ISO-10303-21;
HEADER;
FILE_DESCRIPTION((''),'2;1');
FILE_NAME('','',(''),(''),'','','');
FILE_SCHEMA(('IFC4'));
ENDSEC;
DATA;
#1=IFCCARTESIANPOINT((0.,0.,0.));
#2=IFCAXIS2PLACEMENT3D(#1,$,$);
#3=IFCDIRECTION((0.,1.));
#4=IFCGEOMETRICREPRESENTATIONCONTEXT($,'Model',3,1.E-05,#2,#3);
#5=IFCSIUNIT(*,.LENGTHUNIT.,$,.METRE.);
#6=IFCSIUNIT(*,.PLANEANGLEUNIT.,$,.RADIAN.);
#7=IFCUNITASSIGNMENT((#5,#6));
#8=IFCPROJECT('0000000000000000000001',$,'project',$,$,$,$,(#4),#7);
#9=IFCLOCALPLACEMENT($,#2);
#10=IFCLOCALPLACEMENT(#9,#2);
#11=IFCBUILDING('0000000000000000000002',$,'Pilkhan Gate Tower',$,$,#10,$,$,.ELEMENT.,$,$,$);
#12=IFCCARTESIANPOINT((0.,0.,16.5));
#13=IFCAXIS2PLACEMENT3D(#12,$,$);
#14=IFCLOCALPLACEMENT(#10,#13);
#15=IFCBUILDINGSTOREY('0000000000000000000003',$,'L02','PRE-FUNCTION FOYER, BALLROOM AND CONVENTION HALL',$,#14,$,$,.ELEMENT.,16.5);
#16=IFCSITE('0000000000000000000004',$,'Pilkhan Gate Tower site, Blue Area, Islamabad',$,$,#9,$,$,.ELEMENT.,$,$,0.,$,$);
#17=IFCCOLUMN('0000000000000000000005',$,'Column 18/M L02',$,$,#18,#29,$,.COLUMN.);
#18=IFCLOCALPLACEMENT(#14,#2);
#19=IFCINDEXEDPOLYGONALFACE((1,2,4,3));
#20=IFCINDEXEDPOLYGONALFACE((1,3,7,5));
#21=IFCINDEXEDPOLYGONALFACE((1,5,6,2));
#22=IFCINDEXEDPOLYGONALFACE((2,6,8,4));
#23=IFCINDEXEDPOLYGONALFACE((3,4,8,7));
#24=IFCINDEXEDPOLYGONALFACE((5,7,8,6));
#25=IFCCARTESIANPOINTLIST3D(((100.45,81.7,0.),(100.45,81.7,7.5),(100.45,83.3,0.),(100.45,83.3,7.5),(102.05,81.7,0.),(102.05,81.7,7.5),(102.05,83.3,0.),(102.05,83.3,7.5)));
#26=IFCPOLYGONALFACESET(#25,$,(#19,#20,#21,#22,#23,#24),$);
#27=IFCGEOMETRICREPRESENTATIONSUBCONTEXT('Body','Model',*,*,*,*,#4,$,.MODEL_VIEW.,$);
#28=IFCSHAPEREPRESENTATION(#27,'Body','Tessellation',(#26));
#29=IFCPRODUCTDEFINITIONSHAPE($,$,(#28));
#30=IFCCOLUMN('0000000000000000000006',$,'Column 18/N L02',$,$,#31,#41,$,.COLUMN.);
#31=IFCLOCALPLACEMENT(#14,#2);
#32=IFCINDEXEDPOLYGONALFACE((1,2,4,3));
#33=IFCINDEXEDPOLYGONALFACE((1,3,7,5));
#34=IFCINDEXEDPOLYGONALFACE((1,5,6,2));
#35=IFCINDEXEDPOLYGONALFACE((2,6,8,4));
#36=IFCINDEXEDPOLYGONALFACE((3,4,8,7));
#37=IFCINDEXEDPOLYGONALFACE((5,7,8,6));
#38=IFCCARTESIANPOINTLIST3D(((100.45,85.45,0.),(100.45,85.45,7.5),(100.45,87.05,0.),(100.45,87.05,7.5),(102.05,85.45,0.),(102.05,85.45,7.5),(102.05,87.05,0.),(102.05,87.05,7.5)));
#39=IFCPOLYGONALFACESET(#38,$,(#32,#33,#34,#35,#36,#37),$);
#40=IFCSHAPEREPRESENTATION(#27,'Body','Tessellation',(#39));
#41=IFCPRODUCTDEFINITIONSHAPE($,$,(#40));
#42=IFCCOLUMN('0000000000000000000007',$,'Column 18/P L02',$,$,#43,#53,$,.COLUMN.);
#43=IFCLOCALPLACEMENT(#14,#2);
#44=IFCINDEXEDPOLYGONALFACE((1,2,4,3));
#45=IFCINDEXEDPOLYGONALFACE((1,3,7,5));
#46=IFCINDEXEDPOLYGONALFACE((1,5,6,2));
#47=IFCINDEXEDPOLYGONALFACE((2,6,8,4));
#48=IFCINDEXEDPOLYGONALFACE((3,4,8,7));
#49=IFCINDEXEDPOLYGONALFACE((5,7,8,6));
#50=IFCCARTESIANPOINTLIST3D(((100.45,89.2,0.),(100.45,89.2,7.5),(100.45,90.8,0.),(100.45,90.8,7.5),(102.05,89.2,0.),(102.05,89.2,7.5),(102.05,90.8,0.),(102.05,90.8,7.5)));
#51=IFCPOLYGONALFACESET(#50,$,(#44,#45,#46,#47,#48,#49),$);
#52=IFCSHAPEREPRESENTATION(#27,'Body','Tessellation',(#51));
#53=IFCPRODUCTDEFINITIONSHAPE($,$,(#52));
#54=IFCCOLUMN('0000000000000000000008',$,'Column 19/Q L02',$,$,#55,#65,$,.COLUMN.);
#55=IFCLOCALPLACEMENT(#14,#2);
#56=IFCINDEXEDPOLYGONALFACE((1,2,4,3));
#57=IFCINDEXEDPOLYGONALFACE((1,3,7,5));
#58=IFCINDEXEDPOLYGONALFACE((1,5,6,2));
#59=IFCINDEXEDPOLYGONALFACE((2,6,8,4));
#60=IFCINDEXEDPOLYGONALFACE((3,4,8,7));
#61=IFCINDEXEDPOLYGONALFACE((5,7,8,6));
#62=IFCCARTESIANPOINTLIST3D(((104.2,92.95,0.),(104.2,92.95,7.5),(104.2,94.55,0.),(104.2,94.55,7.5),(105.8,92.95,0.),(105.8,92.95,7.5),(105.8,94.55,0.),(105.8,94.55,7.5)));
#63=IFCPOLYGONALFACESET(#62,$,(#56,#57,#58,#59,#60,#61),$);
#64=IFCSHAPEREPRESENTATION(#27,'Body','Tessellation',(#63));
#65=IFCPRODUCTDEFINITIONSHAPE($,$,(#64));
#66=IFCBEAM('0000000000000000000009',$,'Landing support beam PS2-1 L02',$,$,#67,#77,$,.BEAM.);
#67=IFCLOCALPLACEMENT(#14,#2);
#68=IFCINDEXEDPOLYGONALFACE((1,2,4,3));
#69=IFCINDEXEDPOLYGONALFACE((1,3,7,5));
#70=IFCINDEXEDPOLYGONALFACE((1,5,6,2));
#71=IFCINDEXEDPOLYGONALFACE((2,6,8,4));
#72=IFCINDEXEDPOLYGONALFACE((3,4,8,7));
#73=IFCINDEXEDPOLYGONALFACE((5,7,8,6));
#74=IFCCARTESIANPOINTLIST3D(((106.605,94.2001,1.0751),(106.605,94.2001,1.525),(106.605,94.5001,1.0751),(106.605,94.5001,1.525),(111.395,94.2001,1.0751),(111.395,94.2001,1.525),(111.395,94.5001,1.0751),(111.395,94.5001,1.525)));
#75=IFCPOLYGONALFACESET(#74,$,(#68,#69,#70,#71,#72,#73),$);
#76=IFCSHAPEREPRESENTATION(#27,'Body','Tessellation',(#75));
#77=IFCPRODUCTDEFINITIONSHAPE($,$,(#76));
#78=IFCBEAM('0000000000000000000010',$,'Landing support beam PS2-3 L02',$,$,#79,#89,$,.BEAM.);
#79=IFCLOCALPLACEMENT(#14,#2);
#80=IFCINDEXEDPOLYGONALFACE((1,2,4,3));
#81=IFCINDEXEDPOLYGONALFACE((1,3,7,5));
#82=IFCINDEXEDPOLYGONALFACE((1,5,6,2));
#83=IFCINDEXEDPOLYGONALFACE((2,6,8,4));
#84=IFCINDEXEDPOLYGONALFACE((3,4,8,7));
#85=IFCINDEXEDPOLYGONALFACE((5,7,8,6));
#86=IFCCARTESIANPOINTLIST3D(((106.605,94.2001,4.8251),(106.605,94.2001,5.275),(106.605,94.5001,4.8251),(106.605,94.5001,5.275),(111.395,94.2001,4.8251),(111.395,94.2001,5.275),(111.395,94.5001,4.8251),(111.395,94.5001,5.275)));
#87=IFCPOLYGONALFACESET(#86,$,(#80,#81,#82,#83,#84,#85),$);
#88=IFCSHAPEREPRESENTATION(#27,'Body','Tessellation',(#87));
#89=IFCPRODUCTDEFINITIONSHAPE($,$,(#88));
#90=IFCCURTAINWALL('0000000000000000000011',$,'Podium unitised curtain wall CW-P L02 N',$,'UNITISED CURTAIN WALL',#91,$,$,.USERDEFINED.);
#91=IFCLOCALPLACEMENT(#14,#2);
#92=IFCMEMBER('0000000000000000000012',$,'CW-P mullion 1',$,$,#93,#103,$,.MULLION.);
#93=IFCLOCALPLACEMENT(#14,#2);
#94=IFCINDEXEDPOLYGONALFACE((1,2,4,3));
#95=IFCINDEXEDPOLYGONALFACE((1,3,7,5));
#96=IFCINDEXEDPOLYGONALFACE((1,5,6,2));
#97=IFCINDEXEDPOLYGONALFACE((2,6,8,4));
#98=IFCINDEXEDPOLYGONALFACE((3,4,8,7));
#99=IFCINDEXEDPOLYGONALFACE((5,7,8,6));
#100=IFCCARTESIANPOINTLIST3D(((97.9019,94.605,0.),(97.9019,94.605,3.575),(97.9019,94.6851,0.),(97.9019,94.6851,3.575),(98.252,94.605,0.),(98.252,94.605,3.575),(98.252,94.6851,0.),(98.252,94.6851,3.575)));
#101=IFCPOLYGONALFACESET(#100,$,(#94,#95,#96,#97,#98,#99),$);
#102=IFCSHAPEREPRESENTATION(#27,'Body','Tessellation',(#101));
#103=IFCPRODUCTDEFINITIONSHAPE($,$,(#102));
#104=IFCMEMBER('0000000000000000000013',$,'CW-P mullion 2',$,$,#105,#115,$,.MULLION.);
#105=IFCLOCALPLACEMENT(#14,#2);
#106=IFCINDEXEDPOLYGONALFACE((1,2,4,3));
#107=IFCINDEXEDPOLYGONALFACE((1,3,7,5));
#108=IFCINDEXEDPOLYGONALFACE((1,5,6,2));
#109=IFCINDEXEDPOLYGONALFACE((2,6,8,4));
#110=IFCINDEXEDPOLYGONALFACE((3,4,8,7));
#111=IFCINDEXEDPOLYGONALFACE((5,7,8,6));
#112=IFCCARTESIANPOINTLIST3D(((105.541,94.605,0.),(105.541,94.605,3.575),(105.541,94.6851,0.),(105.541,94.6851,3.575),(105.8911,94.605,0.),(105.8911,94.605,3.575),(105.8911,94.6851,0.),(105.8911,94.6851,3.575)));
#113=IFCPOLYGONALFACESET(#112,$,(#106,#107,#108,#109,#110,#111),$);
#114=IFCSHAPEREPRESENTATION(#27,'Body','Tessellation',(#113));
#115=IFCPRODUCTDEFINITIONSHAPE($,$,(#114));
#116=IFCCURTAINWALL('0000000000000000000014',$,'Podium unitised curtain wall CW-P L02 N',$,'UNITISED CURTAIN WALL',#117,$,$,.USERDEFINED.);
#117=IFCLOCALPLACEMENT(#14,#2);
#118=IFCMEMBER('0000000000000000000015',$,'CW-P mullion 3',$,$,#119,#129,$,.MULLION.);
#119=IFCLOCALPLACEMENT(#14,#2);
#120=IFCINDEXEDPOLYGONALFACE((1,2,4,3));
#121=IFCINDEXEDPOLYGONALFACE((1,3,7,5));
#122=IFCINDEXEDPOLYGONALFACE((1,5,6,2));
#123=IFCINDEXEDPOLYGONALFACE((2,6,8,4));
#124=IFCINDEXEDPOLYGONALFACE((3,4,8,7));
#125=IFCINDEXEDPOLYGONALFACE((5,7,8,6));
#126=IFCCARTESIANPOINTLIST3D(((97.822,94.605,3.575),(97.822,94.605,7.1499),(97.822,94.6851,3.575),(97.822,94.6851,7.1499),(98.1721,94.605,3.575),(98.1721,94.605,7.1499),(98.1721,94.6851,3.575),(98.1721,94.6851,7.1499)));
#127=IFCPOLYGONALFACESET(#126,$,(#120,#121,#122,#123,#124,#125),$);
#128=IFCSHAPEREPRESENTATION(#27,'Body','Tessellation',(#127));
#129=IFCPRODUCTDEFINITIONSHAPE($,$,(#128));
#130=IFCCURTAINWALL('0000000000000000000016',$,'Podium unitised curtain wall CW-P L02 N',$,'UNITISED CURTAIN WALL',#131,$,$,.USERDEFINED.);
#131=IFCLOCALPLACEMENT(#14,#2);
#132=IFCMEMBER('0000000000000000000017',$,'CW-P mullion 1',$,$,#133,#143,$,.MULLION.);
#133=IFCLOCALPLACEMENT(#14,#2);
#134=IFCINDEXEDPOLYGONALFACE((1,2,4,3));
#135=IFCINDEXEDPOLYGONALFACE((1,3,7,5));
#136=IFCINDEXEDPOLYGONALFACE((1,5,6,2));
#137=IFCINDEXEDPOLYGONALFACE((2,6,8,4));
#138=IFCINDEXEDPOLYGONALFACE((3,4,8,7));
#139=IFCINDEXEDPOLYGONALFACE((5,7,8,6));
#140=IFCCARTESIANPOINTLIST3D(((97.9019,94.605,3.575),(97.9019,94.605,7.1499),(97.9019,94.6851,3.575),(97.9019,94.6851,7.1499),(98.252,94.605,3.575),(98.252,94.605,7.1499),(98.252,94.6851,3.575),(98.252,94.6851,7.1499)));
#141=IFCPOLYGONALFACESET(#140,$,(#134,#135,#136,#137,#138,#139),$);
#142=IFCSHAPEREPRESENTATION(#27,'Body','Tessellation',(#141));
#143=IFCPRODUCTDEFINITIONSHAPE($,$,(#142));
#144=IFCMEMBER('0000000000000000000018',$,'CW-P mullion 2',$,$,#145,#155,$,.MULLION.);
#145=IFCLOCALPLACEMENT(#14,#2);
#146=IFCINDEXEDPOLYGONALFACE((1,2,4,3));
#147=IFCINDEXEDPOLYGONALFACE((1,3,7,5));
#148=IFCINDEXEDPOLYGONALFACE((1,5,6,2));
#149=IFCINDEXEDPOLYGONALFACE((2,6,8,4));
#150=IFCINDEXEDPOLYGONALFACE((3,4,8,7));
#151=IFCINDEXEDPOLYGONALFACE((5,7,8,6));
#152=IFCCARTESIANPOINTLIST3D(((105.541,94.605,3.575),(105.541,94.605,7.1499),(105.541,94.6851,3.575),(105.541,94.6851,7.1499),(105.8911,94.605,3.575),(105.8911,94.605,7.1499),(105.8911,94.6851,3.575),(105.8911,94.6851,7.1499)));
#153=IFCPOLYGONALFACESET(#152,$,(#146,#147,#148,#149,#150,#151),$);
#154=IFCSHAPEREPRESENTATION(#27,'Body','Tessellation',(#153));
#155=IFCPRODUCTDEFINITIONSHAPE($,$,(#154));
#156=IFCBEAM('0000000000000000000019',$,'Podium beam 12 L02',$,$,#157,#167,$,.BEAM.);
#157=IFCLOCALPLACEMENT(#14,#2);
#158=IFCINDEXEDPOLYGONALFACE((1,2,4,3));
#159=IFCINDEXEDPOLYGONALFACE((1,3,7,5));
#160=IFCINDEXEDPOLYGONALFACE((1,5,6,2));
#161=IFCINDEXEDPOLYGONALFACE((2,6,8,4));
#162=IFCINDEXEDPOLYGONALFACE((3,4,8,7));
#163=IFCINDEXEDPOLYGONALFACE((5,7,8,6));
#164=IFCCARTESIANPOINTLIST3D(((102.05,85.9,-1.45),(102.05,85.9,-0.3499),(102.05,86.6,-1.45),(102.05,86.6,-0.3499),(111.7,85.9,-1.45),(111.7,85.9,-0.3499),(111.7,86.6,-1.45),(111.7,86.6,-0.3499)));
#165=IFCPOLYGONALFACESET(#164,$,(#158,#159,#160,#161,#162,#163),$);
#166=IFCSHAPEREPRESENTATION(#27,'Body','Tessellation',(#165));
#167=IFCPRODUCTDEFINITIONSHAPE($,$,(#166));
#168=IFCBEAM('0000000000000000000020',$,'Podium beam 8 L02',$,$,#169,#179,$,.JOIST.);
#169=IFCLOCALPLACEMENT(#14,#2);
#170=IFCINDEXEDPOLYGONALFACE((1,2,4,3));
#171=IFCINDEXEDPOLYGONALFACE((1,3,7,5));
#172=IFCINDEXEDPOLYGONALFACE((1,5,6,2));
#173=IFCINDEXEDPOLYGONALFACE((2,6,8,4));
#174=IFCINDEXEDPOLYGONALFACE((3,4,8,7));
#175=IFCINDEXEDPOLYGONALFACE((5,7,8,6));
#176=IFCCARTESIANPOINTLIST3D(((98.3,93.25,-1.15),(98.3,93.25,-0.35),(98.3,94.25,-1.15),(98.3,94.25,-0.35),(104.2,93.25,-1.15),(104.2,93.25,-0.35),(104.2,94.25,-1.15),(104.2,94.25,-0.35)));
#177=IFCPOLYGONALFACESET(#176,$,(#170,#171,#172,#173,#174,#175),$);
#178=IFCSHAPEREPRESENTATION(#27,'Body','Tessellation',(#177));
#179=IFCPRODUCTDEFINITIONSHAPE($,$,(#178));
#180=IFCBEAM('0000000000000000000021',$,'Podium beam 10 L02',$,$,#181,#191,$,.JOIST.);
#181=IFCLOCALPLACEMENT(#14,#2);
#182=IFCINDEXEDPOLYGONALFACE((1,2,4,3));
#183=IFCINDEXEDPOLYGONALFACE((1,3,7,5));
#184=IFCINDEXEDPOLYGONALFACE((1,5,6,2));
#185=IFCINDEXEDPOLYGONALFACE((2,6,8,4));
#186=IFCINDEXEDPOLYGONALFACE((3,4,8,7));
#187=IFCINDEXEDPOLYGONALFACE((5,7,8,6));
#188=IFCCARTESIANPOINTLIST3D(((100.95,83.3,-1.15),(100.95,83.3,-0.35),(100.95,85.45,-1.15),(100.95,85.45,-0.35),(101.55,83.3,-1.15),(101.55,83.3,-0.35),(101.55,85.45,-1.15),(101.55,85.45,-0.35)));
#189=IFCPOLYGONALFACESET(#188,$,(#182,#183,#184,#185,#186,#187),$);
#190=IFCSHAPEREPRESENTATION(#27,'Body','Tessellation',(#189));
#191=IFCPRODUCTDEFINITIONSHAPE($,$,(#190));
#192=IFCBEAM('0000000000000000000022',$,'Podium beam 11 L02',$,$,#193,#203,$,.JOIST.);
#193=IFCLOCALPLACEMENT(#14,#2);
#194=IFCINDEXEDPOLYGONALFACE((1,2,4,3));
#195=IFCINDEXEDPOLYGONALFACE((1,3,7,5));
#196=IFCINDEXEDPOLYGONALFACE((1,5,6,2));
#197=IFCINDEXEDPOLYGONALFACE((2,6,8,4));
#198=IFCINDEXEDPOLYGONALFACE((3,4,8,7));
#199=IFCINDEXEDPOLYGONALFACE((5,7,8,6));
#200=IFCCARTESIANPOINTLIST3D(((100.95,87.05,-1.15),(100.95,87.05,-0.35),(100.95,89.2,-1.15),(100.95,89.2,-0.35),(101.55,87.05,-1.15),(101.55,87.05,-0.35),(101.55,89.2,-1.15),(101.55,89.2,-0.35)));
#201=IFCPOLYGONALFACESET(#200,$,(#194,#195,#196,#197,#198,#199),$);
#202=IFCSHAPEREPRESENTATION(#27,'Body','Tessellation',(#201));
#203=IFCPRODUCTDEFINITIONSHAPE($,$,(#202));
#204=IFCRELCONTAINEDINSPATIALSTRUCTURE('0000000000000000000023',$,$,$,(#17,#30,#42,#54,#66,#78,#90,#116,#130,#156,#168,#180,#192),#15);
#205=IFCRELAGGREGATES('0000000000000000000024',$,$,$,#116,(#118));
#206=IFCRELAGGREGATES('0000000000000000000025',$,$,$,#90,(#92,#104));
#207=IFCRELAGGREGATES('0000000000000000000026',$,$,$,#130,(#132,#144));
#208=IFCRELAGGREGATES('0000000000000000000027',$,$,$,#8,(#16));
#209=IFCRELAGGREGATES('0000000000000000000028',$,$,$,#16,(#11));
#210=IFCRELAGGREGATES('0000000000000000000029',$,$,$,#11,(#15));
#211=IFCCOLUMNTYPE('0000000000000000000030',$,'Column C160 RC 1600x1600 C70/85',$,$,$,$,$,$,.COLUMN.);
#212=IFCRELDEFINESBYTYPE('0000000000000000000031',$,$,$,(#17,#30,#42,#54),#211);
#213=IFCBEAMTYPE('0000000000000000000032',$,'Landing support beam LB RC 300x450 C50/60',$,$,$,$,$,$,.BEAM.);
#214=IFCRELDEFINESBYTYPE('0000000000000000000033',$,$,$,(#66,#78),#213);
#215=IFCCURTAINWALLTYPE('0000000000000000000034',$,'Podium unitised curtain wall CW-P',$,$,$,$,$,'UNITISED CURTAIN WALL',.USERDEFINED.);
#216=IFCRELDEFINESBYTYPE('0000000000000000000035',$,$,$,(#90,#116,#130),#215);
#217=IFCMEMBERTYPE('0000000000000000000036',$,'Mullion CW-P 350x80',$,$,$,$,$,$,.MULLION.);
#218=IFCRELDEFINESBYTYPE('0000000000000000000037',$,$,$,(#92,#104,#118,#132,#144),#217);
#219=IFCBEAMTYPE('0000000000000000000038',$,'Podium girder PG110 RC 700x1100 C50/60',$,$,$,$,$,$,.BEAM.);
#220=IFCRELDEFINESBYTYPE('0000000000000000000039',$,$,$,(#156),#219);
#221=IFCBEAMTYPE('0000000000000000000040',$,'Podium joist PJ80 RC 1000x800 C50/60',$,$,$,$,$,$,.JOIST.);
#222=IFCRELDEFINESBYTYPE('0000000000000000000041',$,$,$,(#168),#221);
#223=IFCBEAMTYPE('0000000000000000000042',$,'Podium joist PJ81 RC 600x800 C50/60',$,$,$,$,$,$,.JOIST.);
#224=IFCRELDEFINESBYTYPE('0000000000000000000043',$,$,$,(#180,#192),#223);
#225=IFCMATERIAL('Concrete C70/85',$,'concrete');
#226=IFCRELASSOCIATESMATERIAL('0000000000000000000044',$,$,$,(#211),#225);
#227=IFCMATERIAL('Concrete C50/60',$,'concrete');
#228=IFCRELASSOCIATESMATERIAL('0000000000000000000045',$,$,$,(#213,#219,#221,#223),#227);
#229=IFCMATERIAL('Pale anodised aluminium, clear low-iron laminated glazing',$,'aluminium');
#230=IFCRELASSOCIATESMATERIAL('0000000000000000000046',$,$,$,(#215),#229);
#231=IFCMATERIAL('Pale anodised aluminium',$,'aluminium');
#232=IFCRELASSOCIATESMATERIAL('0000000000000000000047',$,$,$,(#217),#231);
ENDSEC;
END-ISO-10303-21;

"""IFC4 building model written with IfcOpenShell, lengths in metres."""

from ifc_helpers import new_model, si_unit, direction, frame, origin, origin_2d, place, context, subcontext, project, spatial, rectangle, extrude, material, material_profile, profile_set, type_object, element, aggregate, save


model = new_model("IFC4")

# Units and contexts
model_context = context("Model", 3, precision=1e-05, world=origin(), true_north=direction((0.0, 1.0)))
body_context = subcontext(model_context, "Body", "Model", "MODEL_VIEW")
ifc_project = project(units=[si_unit("LENGTHUNIT", "METRE"), si_unit("PLANEANGLEUNIT", "RADIAN")], contexts=[model_context])

# Site, building, storey
site_placement = place(None, origin())
site = spatial("IfcSite", under=ifc_project, at=site_placement, Name="Pilkhan Gate Tower site, Blue Area, Islamabad", CompositionType="ELEMENT", RefElevation=0.0)
building_placement = place(site_placement, origin())
building = spatial("IfcBuilding", under=site, at=building_placement, Name="Pilkhan Gate Tower", CompositionType="ELEMENT")
storey_placement = place(building_placement, frame((0.0, 0.0, 16.5)))
storey = spatial("IfcBuildingStorey", under=building, at=storey_placement, Name="L02", Description="PRE-FUNCTION FOYER, BALLROOM AND CONVENTION HALL", CompositionType="ELEMENT", Elevation=16.5)

# Columns
ifc_material_1 = material(Name="Concrete C70/85", Category="concrete")
ifc_material_profile_1 = material_profile(ifc_material_1, rectangle(XDim=1.6001, YDim=1.6001, at=origin_2d()), Name="RC 1600x1600")
ifc_profile_set_1 = profile_set([ifc_material_profile_1], Name="Concrete C70/85")
column_type = type_object("IfcColumnType", Name="Column C160 RC 1600x1600 C70/85", PredefinedType="COLUMN", material=ifc_profile_set_1)
for number, where, z_axis, x_axis, name in (
    (1, (101.25, 82.5, 0.0), (0.0, 0.0, 1.0), (1.0, 0.0, 0.0), "Column 18/M L02"),
    (2, (101.25, 86.25, 0.0), (0.0, 0.0, 1.0), (1.0, 0.0, 0.0), "Column 18/N L02"),
    (3, (101.25, 90.0, 0.0), (0.0, 0.0, 1.0), (1.0, 0.0, 0.0), "Column 18/P L02"),
    (4, (105.0, 93.75, 0.0), (0.0, 0.0, 1.0), (1.0, 0.0, 0.0), "Column 19/Q L02"),
):
    element("IfcColumn", number, at=place(storey_placement, frame(where, z_axis=z_axis, x_axis=x_axis)), inside=storey, type_object=column_type, Name=name, PredefinedType="COLUMN", context=body_context, shape_type="SweptSolid", body=[
        extrude(rectangle(XDim=1.6001, YDim=1.6001, at=origin_2d()), origin(), (0.0, 0.0, 1.0), 7.5),
    ])

# Beams
ifc_material_2 = material(Name="Concrete C50/60", Category="concrete")
ifc_material_profile_2 = material_profile(ifc_material_2, rectangle(XDim=0.3, YDim=0.45, at=origin_2d()), Name="RC 300x450")
ifc_profile_set_2 = profile_set([ifc_material_profile_2], Name="Concrete C50/60")
beam_type_1 = type_object("IfcBeamType", Name="Landing support beam LB RC 300x450 C50/60", PredefinedType="BEAM", material=ifc_profile_set_2)
for number, where, z_axis, x_axis, name in (
    (5, (106.605, 94.3501, 1.3), (1.0, 0.0, 0.0), (0.0, 1.0, 0.0), "Landing support beam PS2-1 L02"),
    (6, (106.605, 94.3501, 5.05), (1.0, 0.0, 0.0), (0.0, 1.0, 0.0), "Landing support beam PS2-3 L02"),
):
    element("IfcBeam", number, at=place(storey_placement, frame(where, z_axis=z_axis, x_axis=x_axis)), inside=storey, type_object=beam_type_1, Name=name, PredefinedType="BEAM", context=body_context, shape_type="SweptSolid", body=[
        extrude(rectangle(XDim=0.3, YDim=0.45, at=origin_2d()), origin(), (0.0, 0.0, 1.0), 4.79),
    ])

# Curtain wall, members
ifc_material_3 = material(Name="Pale anodised aluminium, clear low-iron laminated glazing", Category="aluminium")
curtain_wall_type = type_object("IfcCurtainWallType", Name="Podium unitised curtain wall CW-P", ElementType="UNITISED CURTAIN WALL", PredefinedType="USERDEFINED", material=ifc_material_3)
curtain_wall_1_placement = place(storey_placement, origin())
curtain_wall_1 = element("IfcCurtainWall", 7, at=curtain_wall_1_placement, inside=storey, type_object=curtain_wall_type, Name="Podium unitised curtain wall CW-P L02 N", ObjectType="UNITISED CURTAIN WALL", PredefinedType="USERDEFINED")
ifc_material_4 = material(Name="Pale anodised aluminium", Category="aluminium")
ifc_material_profile_3 = material_profile(ifc_material_4, rectangle(XDim=0.0801, YDim=0.3501, at=origin_2d()), Name="Mullion 350x80")
ifc_profile_set_3 = profile_set([ifc_material_profile_3], Name="Pale anodised aluminium")
member_type_1 = type_object("IfcMemberType", Name="Mullion CW-P 350x80", PredefinedType="MULLION", material=ifc_profile_set_3)
member_1_placement = place(storey_placement, frame((98.0769, 94.645, 0.0), z_axis=(0.0, 0.0, 1.0), x_axis=(0.0, 1.0, 0.0)))
member_1 = element("IfcMember", 8, at=member_1_placement, type_object=member_type_1, Name="CW-P mullion 1", PredefinedType="MULLION", context=body_context, shape_type="SweptSolid", body=[
    extrude(rectangle(XDim=0.0801, YDim=0.3501, at=origin_2d()), origin(), (0.0, 0.0, 1.0), 3.575),
])
member_2_placement = place(storey_placement, frame((105.7161, 94.645, 0.0), z_axis=(0.0, 0.0, 1.0), x_axis=(0.0, 1.0, 0.0)))
member_2 = element("IfcMember", 9, at=member_2_placement, type_object=member_type_1, Name="CW-P mullion 2", PredefinedType="MULLION", context=body_context, shape_type="SweptSolid", body=[
    extrude(rectangle(XDim=0.0801, YDim=0.3501, at=origin_2d()), origin(), (0.0, 0.0, 1.0), 3.575),
])

# Curtain wall, member
curtain_wall_2_placement = place(storey_placement, origin())
curtain_wall_2 = element("IfcCurtainWall", 10, at=curtain_wall_2_placement, inside=storey, type_object=curtain_wall_type, Name="Podium unitised curtain wall CW-P L02 N", ObjectType="UNITISED CURTAIN WALL", PredefinedType="USERDEFINED")
member_3_placement = place(storey_placement, frame((97.9971, 94.645, 3.575), z_axis=(0.0, 0.0, 1.0), x_axis=(0.0, 1.0, 0.0)))
member_3 = element("IfcMember", 11, at=member_3_placement, type_object=member_type_1, Name="CW-P mullion 3", PredefinedType="MULLION", context=body_context, shape_type="SweptSolid", body=[
    extrude(rectangle(XDim=0.0801, YDim=0.3501, at=origin_2d()), origin(), (0.0, 0.0, 1.0), 3.575),
])
aggregate(curtain_wall_2, [member_3])

# Curtain wall, members
curtain_wall_3_placement = place(storey_placement, origin())
curtain_wall_3 = element("IfcCurtainWall", 12, at=curtain_wall_3_placement, inside=storey, type_object=curtain_wall_type, Name="Podium unitised curtain wall CW-P L02 N", ObjectType="UNITISED CURTAIN WALL", PredefinedType="USERDEFINED")
member_4_placement = place(storey_placement, frame((98.0769, 94.645, 3.575), z_axis=(0.0, 0.0, 1.0), x_axis=(0.0, 1.0, 0.0)))
member_4 = element("IfcMember", 13, at=member_4_placement, type_object=member_type_1, Name="CW-P mullion 1", PredefinedType="MULLION", context=body_context, shape_type="SweptSolid", body=[
    extrude(rectangle(XDim=0.0801, YDim=0.3501, at=origin_2d()), origin(), (0.0, 0.0, 1.0), 3.575),
])
member_5_placement = place(storey_placement, frame((105.7161, 94.645, 3.575), z_axis=(0.0, 0.0, 1.0), x_axis=(0.0, 1.0, 0.0)))
member_5 = element("IfcMember", 14, at=member_5_placement, type_object=member_type_1, Name="CW-P mullion 2", PredefinedType="MULLION", context=body_context, shape_type="SweptSolid", body=[
    extrude(rectangle(XDim=0.0801, YDim=0.3501, at=origin_2d()), origin(), (0.0, 0.0, 1.0), 3.575),
])

# Beams
ifc_material_profile_4 = material_profile(ifc_material_2, rectangle(XDim=0.7, YDim=1.1001, at=origin_2d()), Name="RC 700x1100")
ifc_profile_set_4 = profile_set([ifc_material_profile_4], Name="Concrete C50/60")
beam_type_2 = type_object("IfcBeamType", Name="Podium girder PG110 RC 700x1100 C50/60", PredefinedType="BEAM", material=ifc_profile_set_4)
beam_1_placement = place(storey_placement, frame((102.05, 86.25, -0.8999), z_axis=(1.0, 0.0, 0.0), x_axis=(0.0, 1.0, 0.0)))
element("IfcBeam", 15, at=beam_1_placement, inside=storey, type_object=beam_type_2, Name="Podium beam 12 L02", PredefinedType="BEAM", context=body_context, shape_type="SweptSolid", body=[
    extrude(rectangle(XDim=0.7, YDim=1.1001, at=origin_2d()), origin(), (0.0, 0.0, 1.0), 9.6499),
])
ifc_material_profile_5 = material_profile(ifc_material_2, rectangle(XDim=1.0, YDim=0.8, at=origin_2d()), Name="RC 1000x800")
ifc_profile_set_5 = profile_set([ifc_material_profile_5], Name="Concrete C50/60")
beam_type_3 = type_object("IfcBeamType", Name="Podium joist PJ80 RC 1000x800 C50/60", PredefinedType="JOIST", material=ifc_profile_set_5)
beam_2_placement = place(storey_placement, frame((98.3, 93.75, -0.75), z_axis=(1.0, 0.0, 0.0), x_axis=(0.0, 1.0, 0.0)))
element("IfcBeam", 16, at=beam_2_placement, inside=storey, type_object=beam_type_3, Name="Podium beam 8 L02", PredefinedType="JOIST", context=body_context, shape_type="SweptSolid", body=[
    extrude(rectangle(XDim=1.0, YDim=0.8, at=origin_2d()), origin(), (0.0, 0.0, 1.0), 5.8999),
])
ifc_material_profile_6 = material_profile(ifc_material_2, rectangle(XDim=0.6001, YDim=0.8, at=origin_2d()), Name="RC 600x800")
ifc_profile_set_6 = profile_set([ifc_material_profile_6], Name="Concrete C50/60")
beam_type_4 = type_object("IfcBeamType", Name="Podium joist PJ81 RC 600x800 C50/60", PredefinedType="JOIST", material=ifc_profile_set_6)
for number, where, z_axis, x_axis, name in (
    (17, (101.25, 83.3, -0.75), (0.0, 1.0, 0.0), (-1.0, 0.0, 0.0), "Podium beam 10 L02"),
    (18, (101.25, 87.05, -0.75), (0.0, 1.0, 0.0), (-1.0, 0.0, 0.0), "Podium beam 11 L02"),
):
    element("IfcBeam", number, at=place(storey_placement, frame(where, z_axis=z_axis, x_axis=x_axis)), inside=storey, type_object=beam_type_4, Name=name, PredefinedType="JOIST", context=body_context, shape_type="SweptSolid", body=[
        extrude(rectangle(XDim=0.6001, YDim=0.8, at=origin_2d()), origin(), (0.0, 0.0, 1.0), 2.1499),
    ])

aggregate(curtain_wall_1, [member_1, member_2])
aggregate(curtain_wall_3, [member_4, member_5])

save(model, "model.ifc")
